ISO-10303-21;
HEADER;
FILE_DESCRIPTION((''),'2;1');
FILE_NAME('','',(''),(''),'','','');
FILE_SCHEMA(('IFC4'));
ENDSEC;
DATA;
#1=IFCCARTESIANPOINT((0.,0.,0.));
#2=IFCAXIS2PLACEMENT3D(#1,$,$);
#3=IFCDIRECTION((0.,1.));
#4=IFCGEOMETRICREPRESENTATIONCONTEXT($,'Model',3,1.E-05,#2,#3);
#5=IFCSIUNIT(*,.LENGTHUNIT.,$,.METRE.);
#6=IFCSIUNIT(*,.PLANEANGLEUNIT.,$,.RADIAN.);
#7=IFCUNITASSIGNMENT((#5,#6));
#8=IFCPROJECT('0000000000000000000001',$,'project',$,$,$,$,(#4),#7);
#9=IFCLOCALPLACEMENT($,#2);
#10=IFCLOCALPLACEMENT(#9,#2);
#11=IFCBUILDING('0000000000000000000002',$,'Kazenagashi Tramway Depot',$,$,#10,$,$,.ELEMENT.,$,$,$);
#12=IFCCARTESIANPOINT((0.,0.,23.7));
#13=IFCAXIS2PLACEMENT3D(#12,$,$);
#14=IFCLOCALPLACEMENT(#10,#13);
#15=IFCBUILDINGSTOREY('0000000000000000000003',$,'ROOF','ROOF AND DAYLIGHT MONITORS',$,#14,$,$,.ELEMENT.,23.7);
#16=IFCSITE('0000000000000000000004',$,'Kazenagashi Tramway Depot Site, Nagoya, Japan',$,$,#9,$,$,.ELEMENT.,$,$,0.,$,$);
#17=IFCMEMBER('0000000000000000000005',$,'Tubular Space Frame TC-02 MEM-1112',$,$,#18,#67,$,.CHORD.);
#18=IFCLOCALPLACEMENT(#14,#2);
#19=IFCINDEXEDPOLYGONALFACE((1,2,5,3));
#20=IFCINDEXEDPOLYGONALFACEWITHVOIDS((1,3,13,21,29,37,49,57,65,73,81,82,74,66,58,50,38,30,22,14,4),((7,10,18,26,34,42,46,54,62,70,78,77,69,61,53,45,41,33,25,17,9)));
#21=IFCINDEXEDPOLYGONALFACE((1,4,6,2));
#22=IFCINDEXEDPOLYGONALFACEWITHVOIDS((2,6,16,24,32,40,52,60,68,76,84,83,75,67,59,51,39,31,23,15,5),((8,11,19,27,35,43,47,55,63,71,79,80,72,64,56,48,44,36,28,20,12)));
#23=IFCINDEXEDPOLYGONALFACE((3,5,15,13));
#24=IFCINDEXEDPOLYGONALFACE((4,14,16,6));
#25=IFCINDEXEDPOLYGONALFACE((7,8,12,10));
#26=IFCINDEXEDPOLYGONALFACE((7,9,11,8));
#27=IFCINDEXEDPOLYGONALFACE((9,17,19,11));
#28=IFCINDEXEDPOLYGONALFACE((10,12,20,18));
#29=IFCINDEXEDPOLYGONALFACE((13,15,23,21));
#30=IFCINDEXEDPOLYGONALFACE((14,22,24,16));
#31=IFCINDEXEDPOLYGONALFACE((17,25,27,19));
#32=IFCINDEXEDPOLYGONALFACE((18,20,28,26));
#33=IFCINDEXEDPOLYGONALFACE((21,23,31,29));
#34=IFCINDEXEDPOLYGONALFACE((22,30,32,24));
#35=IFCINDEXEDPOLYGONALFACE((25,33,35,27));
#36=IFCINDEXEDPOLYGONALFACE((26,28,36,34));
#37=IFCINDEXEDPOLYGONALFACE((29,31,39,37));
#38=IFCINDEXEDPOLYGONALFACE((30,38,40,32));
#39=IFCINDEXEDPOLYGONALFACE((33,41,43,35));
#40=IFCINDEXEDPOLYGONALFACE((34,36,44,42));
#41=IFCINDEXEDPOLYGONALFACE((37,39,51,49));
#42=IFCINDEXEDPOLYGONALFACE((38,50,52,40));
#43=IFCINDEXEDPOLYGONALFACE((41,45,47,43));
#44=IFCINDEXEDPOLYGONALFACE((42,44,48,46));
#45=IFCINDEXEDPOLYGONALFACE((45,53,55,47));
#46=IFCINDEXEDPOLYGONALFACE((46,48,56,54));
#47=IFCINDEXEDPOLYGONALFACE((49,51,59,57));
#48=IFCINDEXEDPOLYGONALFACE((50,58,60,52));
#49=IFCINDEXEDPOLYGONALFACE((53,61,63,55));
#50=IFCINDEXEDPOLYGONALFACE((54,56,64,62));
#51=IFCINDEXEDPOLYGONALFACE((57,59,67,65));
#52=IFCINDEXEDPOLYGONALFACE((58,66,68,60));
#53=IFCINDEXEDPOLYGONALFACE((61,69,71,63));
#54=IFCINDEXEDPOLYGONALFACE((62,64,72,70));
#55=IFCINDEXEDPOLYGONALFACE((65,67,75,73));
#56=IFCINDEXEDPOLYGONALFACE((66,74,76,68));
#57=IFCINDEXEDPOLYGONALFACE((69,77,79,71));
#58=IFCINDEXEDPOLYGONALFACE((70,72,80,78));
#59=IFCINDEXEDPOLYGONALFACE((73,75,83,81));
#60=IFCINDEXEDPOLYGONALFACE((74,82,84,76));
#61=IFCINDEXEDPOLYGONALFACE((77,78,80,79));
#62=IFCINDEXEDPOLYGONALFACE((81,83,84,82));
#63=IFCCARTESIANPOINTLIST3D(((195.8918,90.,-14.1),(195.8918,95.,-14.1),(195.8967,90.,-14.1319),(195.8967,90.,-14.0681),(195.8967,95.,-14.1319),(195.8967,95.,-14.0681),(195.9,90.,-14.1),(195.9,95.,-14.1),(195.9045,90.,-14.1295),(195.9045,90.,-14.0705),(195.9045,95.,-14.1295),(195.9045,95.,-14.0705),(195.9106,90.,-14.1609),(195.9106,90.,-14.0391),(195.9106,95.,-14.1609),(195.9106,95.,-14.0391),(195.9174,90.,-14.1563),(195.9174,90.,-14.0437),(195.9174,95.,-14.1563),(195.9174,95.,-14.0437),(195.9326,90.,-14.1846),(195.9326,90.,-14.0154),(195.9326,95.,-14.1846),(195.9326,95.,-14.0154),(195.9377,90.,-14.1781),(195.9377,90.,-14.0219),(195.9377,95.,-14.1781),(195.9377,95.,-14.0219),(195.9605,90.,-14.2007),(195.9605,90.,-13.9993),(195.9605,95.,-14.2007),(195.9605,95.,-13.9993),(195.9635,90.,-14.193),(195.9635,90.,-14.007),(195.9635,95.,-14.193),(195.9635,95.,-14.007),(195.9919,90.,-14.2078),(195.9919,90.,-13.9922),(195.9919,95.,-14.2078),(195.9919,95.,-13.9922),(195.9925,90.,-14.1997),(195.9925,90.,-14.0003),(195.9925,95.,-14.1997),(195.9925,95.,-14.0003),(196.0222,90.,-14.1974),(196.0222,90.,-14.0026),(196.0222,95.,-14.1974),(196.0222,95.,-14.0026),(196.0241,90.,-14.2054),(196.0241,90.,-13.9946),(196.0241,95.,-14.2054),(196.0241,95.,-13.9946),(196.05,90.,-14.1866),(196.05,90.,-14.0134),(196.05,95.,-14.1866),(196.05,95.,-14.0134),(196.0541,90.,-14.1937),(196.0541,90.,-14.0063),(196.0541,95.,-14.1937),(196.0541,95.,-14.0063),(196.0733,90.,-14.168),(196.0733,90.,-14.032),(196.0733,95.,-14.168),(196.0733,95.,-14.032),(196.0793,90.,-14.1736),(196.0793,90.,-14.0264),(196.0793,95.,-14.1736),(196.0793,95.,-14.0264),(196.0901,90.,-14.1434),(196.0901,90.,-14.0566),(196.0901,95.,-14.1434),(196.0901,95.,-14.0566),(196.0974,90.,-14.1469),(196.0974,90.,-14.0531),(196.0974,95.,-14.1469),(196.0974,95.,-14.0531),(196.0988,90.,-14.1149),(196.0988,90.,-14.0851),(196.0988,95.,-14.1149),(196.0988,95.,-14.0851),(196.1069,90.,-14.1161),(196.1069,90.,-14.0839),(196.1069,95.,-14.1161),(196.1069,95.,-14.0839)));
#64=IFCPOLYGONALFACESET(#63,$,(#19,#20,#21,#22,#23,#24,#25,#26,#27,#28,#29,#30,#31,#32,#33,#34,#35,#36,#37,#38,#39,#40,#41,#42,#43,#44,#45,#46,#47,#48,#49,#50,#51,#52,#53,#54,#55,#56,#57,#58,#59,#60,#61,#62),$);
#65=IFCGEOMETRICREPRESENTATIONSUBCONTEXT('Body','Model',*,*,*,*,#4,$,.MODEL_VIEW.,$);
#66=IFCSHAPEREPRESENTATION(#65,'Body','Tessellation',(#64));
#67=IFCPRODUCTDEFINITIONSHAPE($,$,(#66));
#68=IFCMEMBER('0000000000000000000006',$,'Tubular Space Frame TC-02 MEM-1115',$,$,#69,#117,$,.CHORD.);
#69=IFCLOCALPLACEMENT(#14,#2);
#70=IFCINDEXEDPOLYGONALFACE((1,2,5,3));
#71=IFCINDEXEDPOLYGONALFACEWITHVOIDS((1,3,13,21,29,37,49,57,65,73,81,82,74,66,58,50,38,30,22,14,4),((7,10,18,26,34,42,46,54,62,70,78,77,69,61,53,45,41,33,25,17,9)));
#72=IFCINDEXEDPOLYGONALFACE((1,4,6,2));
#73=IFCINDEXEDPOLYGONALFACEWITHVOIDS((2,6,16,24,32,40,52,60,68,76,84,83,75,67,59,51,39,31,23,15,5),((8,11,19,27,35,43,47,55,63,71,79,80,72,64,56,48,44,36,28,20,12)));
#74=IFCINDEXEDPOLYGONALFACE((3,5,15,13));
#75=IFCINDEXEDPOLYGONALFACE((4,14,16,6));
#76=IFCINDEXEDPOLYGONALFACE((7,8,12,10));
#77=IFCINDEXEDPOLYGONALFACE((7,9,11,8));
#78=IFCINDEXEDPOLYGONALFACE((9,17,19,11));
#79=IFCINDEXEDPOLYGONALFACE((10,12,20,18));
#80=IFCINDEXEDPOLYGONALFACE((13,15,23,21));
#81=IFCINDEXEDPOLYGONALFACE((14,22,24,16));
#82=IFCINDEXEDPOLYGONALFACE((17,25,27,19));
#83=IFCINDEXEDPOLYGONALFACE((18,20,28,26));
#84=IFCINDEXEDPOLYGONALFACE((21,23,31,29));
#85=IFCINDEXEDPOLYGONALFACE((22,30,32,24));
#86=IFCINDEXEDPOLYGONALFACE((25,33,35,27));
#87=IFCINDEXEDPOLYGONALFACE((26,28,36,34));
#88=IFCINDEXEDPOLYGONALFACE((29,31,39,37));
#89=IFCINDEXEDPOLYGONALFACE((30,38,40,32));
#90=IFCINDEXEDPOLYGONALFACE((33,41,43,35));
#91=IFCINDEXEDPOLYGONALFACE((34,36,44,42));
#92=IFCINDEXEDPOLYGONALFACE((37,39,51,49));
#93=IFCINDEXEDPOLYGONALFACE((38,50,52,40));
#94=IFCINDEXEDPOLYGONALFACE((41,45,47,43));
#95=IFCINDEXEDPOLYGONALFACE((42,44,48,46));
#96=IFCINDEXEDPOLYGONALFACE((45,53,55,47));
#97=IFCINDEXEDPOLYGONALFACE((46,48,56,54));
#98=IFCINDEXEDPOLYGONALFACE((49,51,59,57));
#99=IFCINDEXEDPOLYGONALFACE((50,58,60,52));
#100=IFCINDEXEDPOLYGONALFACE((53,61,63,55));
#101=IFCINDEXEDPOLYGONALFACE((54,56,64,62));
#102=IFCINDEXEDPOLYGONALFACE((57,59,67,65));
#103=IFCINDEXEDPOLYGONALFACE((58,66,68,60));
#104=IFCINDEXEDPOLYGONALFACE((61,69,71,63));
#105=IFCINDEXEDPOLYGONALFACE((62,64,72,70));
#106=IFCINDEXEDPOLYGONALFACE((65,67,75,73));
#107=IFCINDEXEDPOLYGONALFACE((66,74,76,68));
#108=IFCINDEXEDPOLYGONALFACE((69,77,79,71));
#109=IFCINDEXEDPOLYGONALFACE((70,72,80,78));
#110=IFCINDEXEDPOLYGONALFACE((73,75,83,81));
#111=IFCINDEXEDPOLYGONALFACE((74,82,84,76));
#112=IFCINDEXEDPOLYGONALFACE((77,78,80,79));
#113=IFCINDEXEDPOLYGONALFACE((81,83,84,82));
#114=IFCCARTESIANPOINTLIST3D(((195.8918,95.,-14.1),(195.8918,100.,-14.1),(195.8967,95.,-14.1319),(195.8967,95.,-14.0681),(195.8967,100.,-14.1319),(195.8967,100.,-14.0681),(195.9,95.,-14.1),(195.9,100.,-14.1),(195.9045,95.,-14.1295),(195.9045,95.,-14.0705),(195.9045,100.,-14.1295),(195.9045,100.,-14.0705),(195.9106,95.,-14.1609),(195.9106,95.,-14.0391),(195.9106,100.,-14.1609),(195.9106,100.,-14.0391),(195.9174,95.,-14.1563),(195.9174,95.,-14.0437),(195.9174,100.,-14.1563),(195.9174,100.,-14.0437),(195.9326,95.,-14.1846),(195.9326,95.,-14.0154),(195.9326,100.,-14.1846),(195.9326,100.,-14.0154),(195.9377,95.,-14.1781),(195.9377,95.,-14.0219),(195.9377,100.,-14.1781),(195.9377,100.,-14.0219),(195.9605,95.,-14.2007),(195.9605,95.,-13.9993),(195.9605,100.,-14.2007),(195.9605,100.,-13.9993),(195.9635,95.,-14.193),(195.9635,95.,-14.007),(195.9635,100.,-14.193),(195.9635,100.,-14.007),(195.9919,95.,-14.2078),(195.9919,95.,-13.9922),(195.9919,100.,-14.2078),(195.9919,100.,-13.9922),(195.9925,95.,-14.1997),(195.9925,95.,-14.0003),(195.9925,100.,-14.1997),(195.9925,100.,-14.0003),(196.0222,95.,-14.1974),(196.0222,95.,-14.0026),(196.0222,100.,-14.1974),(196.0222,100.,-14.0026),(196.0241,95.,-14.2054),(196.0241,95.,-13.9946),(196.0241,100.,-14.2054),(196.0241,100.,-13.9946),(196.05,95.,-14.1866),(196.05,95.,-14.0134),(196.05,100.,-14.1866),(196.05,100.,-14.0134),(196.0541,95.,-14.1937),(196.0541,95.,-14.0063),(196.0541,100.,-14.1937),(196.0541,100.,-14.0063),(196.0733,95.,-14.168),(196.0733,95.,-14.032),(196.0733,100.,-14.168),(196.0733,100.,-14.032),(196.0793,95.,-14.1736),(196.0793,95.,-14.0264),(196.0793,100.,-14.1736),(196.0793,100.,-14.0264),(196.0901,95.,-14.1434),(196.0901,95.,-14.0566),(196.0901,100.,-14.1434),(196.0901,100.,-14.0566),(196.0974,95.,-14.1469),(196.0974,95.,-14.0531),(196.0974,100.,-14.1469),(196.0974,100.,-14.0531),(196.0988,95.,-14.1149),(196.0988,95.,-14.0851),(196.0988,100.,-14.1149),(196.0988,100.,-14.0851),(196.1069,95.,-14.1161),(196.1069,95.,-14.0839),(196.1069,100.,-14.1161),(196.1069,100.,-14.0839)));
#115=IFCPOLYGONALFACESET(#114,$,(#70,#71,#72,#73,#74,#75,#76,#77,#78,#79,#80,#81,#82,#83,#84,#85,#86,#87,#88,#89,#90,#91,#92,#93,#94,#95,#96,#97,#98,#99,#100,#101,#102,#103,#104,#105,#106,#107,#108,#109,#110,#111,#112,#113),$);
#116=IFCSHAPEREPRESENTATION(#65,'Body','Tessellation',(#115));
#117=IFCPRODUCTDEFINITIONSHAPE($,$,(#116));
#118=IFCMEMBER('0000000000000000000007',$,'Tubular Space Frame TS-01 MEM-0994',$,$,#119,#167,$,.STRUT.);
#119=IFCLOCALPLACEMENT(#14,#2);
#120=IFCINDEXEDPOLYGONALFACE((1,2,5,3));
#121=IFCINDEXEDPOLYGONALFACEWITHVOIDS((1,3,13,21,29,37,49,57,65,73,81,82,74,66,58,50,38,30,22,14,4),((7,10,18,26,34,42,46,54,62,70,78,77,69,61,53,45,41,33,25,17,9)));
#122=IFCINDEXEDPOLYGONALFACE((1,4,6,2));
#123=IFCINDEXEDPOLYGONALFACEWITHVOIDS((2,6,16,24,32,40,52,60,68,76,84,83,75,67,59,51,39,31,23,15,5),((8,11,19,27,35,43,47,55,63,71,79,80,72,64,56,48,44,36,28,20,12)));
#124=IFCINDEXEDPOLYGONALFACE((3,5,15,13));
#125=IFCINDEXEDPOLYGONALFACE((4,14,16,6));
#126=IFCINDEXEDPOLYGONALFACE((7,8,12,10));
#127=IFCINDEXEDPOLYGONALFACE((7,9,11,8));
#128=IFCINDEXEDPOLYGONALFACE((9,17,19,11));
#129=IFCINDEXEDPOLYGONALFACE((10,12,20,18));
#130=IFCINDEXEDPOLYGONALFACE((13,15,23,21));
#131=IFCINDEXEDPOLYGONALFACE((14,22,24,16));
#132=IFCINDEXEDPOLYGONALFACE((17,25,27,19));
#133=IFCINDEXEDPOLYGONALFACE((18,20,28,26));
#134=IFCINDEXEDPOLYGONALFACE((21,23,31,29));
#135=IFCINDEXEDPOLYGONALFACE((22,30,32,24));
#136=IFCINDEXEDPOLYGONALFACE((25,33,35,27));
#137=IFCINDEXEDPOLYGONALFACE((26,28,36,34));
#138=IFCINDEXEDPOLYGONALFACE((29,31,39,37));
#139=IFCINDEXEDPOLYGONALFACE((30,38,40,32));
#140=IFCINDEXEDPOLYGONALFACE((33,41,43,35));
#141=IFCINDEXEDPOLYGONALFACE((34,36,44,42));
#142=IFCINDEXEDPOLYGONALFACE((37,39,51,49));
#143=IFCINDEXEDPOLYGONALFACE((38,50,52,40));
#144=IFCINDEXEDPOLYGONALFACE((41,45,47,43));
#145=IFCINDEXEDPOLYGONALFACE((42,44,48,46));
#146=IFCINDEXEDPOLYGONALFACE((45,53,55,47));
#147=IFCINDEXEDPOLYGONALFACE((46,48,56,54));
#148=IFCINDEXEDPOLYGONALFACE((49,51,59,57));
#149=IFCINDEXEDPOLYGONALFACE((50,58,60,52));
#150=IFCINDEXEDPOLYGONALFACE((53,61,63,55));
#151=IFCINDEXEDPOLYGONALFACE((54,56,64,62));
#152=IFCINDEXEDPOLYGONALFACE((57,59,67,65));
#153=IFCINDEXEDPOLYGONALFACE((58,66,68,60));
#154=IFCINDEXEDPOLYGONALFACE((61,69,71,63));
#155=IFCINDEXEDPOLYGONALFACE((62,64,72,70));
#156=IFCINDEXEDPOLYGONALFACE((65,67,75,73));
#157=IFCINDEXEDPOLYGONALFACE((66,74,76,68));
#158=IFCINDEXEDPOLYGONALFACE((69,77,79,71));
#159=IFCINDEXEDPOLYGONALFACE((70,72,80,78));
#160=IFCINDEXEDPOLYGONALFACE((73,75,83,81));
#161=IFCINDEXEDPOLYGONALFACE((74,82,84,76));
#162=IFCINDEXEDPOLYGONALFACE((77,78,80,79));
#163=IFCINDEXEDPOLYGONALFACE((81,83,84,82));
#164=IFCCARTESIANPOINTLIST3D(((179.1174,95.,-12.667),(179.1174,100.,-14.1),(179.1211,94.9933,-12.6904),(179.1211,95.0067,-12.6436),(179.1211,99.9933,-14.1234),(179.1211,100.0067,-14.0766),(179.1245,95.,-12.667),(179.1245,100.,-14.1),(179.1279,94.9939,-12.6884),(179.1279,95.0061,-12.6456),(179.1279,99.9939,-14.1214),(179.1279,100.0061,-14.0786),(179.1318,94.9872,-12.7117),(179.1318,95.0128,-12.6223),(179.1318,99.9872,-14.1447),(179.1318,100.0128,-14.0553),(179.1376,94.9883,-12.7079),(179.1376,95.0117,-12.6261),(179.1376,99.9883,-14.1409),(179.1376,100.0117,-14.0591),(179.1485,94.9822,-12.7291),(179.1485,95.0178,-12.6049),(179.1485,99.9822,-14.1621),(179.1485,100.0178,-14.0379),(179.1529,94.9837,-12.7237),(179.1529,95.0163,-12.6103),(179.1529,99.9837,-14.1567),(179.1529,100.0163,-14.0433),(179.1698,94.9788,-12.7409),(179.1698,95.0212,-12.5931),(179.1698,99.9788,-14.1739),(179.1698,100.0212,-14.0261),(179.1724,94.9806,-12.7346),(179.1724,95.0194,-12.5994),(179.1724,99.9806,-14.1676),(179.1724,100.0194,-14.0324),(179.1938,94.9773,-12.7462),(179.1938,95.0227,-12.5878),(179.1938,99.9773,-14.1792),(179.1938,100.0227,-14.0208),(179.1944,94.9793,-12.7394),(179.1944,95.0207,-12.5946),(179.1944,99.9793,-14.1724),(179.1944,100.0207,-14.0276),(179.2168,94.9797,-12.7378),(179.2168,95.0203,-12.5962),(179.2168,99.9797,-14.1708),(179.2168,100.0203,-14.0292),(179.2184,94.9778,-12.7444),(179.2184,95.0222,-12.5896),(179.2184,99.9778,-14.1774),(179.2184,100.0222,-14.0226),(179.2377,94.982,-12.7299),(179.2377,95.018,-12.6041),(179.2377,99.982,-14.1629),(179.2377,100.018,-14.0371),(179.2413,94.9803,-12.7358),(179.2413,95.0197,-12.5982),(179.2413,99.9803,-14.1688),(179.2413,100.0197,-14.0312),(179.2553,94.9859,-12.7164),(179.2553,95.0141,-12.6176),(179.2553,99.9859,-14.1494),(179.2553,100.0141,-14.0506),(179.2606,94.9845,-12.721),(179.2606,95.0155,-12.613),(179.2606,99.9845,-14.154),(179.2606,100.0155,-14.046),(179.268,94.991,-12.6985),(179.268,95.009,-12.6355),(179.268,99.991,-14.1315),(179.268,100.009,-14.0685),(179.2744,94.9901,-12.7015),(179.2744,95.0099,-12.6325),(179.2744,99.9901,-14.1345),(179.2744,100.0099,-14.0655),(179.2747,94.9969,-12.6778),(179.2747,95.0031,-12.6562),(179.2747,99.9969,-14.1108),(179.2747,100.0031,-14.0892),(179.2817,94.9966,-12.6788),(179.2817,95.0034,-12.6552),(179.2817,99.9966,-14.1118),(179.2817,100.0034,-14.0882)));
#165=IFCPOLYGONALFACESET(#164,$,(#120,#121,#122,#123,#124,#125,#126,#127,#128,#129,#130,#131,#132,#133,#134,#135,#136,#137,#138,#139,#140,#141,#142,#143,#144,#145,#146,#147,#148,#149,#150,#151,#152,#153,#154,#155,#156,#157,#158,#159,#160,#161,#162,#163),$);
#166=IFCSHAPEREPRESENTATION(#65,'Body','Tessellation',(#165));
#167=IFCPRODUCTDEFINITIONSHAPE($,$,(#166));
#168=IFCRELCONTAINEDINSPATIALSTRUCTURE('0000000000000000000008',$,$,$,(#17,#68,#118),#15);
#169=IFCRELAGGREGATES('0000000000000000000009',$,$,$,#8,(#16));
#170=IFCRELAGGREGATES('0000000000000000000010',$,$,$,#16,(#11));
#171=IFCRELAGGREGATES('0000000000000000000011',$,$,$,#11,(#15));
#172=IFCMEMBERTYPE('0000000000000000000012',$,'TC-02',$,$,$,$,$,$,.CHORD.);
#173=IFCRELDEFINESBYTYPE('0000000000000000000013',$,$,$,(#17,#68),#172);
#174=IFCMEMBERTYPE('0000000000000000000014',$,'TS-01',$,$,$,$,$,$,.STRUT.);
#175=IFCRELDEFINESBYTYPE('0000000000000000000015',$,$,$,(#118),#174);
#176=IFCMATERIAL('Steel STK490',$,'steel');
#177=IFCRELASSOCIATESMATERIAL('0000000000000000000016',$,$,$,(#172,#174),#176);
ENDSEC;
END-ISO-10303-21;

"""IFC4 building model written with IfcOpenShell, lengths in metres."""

from ifc_helpers import new_model, si_unit, direction, frame, origin, origin_2d, place, context, subcontext, project, spatial, hollow_circle, extrude, material, material_profile, profile_set, type_object, element, save


model = new_model("IFC4")

# Units and contexts
model_context = context("Model", 3, precision=1e-05, world=origin(), true_north=direction((0.0, 1.0)))
body_context = subcontext(model_context, "Body", "Model", "MODEL_VIEW")
ifc_project = project(units=[si_unit("LENGTHUNIT", "METRE"), si_unit("PLANEANGLEUNIT", "RADIAN")], contexts=[model_context])

# Site, building, storey
site_placement = place(None, origin())
site = spatial("IfcSite", under=ifc_project, at=site_placement, Name="Kazenagashi Tramway Depot Site, Nagoya, Japan", CompositionType="ELEMENT", RefElevation=0.0)
building_placement = place(site_placement, origin())
building = spatial("IfcBuilding", under=site, at=building_placement, Name="Kazenagashi Tramway Depot", CompositionType="ELEMENT")
storey_placement = place(building_placement, frame((0.0, 0.0, 23.7)))
storey = spatial("IfcBuildingStorey", under=building, at=storey_placement, Name="ROOF", Description="ROOF AND DAYLIGHT MONITORS", CompositionType="ELEMENT", Elevation=23.7)

# Members
ifc_material_1 = material(Name="Steel STK490", Category="steel")
ifc_material_profile_1 = material_profile(ifc_material_1, hollow_circle(Radius=0.1081, WallThickness=0.0082, at=origin_2d()), Name="CHS-216.3x8.2")
ifc_profile_set_1 = profile_set([ifc_material_profile_1], Name="Steel STK490")
member_type_1 = type_object("IfcMemberType", Name="TC-02", PredefinedType="CHORD", material=ifc_profile_set_1)
for number, where, z_axis, x_axis, name in (
    (1, (196.0, 90.0, -14.1), (0.0, 1.0, 0.0), (-1.0, 0.0, 0.0), "Tubular Space Frame TC-02 MEM-1112"),
    (2, (196.0, 95.0, -14.1), (0.0, 1.0, 0.0), (-1.0, 0.0, 0.0), "Tubular Space Frame TC-02 MEM-1115"),
):
    element("IfcMember", number, at=place(storey_placement, frame(where, z_axis=z_axis, x_axis=x_axis)), inside=storey, type_object=member_type_1, Name=name, PredefinedType="CHORD", context=body_context, shape_type="SweptSolid", body=[
        extrude(hollow_circle(Radius=0.1081, WallThickness=0.0082, at=origin_2d()), origin(), (0.0, 0.0, 1.0), 5.0),
    ])
ifc_material_profile_2 = material_profile(ifc_material_1, hollow_circle(Radius=0.0826, WallThickness=0.0071, at=origin_2d()), Name="CHS-165.2x7.1")
ifc_profile_set_2 = profile_set([ifc_material_profile_2], Name="Steel STK490")
member_type_2 = type_object("IfcMemberType", Name="TS-01", PredefinedType="STRUT", material=ifc_profile_set_2)
member_1_placement = place(storey_placement, frame((179.2, 95.0, -12.667), z_axis=(0.0, 0.961299, -0.275508), x_axis=(-1.0, 0.0, 0.0)))
element("IfcMember", 3, at=member_1_placement, inside=storey, type_object=member_type_2, Name="Tubular Space Frame TS-01 MEM-0994", PredefinedType="STRUT", context=body_context, shape_type="SweptSolid", body=[
    extrude(hollow_circle(Radius=0.0826, WallThickness=0.0071, at=origin_2d()), origin(), (0.0, 0.0, 1.0), 5.2013),
])

save(model, "model.ifc")
